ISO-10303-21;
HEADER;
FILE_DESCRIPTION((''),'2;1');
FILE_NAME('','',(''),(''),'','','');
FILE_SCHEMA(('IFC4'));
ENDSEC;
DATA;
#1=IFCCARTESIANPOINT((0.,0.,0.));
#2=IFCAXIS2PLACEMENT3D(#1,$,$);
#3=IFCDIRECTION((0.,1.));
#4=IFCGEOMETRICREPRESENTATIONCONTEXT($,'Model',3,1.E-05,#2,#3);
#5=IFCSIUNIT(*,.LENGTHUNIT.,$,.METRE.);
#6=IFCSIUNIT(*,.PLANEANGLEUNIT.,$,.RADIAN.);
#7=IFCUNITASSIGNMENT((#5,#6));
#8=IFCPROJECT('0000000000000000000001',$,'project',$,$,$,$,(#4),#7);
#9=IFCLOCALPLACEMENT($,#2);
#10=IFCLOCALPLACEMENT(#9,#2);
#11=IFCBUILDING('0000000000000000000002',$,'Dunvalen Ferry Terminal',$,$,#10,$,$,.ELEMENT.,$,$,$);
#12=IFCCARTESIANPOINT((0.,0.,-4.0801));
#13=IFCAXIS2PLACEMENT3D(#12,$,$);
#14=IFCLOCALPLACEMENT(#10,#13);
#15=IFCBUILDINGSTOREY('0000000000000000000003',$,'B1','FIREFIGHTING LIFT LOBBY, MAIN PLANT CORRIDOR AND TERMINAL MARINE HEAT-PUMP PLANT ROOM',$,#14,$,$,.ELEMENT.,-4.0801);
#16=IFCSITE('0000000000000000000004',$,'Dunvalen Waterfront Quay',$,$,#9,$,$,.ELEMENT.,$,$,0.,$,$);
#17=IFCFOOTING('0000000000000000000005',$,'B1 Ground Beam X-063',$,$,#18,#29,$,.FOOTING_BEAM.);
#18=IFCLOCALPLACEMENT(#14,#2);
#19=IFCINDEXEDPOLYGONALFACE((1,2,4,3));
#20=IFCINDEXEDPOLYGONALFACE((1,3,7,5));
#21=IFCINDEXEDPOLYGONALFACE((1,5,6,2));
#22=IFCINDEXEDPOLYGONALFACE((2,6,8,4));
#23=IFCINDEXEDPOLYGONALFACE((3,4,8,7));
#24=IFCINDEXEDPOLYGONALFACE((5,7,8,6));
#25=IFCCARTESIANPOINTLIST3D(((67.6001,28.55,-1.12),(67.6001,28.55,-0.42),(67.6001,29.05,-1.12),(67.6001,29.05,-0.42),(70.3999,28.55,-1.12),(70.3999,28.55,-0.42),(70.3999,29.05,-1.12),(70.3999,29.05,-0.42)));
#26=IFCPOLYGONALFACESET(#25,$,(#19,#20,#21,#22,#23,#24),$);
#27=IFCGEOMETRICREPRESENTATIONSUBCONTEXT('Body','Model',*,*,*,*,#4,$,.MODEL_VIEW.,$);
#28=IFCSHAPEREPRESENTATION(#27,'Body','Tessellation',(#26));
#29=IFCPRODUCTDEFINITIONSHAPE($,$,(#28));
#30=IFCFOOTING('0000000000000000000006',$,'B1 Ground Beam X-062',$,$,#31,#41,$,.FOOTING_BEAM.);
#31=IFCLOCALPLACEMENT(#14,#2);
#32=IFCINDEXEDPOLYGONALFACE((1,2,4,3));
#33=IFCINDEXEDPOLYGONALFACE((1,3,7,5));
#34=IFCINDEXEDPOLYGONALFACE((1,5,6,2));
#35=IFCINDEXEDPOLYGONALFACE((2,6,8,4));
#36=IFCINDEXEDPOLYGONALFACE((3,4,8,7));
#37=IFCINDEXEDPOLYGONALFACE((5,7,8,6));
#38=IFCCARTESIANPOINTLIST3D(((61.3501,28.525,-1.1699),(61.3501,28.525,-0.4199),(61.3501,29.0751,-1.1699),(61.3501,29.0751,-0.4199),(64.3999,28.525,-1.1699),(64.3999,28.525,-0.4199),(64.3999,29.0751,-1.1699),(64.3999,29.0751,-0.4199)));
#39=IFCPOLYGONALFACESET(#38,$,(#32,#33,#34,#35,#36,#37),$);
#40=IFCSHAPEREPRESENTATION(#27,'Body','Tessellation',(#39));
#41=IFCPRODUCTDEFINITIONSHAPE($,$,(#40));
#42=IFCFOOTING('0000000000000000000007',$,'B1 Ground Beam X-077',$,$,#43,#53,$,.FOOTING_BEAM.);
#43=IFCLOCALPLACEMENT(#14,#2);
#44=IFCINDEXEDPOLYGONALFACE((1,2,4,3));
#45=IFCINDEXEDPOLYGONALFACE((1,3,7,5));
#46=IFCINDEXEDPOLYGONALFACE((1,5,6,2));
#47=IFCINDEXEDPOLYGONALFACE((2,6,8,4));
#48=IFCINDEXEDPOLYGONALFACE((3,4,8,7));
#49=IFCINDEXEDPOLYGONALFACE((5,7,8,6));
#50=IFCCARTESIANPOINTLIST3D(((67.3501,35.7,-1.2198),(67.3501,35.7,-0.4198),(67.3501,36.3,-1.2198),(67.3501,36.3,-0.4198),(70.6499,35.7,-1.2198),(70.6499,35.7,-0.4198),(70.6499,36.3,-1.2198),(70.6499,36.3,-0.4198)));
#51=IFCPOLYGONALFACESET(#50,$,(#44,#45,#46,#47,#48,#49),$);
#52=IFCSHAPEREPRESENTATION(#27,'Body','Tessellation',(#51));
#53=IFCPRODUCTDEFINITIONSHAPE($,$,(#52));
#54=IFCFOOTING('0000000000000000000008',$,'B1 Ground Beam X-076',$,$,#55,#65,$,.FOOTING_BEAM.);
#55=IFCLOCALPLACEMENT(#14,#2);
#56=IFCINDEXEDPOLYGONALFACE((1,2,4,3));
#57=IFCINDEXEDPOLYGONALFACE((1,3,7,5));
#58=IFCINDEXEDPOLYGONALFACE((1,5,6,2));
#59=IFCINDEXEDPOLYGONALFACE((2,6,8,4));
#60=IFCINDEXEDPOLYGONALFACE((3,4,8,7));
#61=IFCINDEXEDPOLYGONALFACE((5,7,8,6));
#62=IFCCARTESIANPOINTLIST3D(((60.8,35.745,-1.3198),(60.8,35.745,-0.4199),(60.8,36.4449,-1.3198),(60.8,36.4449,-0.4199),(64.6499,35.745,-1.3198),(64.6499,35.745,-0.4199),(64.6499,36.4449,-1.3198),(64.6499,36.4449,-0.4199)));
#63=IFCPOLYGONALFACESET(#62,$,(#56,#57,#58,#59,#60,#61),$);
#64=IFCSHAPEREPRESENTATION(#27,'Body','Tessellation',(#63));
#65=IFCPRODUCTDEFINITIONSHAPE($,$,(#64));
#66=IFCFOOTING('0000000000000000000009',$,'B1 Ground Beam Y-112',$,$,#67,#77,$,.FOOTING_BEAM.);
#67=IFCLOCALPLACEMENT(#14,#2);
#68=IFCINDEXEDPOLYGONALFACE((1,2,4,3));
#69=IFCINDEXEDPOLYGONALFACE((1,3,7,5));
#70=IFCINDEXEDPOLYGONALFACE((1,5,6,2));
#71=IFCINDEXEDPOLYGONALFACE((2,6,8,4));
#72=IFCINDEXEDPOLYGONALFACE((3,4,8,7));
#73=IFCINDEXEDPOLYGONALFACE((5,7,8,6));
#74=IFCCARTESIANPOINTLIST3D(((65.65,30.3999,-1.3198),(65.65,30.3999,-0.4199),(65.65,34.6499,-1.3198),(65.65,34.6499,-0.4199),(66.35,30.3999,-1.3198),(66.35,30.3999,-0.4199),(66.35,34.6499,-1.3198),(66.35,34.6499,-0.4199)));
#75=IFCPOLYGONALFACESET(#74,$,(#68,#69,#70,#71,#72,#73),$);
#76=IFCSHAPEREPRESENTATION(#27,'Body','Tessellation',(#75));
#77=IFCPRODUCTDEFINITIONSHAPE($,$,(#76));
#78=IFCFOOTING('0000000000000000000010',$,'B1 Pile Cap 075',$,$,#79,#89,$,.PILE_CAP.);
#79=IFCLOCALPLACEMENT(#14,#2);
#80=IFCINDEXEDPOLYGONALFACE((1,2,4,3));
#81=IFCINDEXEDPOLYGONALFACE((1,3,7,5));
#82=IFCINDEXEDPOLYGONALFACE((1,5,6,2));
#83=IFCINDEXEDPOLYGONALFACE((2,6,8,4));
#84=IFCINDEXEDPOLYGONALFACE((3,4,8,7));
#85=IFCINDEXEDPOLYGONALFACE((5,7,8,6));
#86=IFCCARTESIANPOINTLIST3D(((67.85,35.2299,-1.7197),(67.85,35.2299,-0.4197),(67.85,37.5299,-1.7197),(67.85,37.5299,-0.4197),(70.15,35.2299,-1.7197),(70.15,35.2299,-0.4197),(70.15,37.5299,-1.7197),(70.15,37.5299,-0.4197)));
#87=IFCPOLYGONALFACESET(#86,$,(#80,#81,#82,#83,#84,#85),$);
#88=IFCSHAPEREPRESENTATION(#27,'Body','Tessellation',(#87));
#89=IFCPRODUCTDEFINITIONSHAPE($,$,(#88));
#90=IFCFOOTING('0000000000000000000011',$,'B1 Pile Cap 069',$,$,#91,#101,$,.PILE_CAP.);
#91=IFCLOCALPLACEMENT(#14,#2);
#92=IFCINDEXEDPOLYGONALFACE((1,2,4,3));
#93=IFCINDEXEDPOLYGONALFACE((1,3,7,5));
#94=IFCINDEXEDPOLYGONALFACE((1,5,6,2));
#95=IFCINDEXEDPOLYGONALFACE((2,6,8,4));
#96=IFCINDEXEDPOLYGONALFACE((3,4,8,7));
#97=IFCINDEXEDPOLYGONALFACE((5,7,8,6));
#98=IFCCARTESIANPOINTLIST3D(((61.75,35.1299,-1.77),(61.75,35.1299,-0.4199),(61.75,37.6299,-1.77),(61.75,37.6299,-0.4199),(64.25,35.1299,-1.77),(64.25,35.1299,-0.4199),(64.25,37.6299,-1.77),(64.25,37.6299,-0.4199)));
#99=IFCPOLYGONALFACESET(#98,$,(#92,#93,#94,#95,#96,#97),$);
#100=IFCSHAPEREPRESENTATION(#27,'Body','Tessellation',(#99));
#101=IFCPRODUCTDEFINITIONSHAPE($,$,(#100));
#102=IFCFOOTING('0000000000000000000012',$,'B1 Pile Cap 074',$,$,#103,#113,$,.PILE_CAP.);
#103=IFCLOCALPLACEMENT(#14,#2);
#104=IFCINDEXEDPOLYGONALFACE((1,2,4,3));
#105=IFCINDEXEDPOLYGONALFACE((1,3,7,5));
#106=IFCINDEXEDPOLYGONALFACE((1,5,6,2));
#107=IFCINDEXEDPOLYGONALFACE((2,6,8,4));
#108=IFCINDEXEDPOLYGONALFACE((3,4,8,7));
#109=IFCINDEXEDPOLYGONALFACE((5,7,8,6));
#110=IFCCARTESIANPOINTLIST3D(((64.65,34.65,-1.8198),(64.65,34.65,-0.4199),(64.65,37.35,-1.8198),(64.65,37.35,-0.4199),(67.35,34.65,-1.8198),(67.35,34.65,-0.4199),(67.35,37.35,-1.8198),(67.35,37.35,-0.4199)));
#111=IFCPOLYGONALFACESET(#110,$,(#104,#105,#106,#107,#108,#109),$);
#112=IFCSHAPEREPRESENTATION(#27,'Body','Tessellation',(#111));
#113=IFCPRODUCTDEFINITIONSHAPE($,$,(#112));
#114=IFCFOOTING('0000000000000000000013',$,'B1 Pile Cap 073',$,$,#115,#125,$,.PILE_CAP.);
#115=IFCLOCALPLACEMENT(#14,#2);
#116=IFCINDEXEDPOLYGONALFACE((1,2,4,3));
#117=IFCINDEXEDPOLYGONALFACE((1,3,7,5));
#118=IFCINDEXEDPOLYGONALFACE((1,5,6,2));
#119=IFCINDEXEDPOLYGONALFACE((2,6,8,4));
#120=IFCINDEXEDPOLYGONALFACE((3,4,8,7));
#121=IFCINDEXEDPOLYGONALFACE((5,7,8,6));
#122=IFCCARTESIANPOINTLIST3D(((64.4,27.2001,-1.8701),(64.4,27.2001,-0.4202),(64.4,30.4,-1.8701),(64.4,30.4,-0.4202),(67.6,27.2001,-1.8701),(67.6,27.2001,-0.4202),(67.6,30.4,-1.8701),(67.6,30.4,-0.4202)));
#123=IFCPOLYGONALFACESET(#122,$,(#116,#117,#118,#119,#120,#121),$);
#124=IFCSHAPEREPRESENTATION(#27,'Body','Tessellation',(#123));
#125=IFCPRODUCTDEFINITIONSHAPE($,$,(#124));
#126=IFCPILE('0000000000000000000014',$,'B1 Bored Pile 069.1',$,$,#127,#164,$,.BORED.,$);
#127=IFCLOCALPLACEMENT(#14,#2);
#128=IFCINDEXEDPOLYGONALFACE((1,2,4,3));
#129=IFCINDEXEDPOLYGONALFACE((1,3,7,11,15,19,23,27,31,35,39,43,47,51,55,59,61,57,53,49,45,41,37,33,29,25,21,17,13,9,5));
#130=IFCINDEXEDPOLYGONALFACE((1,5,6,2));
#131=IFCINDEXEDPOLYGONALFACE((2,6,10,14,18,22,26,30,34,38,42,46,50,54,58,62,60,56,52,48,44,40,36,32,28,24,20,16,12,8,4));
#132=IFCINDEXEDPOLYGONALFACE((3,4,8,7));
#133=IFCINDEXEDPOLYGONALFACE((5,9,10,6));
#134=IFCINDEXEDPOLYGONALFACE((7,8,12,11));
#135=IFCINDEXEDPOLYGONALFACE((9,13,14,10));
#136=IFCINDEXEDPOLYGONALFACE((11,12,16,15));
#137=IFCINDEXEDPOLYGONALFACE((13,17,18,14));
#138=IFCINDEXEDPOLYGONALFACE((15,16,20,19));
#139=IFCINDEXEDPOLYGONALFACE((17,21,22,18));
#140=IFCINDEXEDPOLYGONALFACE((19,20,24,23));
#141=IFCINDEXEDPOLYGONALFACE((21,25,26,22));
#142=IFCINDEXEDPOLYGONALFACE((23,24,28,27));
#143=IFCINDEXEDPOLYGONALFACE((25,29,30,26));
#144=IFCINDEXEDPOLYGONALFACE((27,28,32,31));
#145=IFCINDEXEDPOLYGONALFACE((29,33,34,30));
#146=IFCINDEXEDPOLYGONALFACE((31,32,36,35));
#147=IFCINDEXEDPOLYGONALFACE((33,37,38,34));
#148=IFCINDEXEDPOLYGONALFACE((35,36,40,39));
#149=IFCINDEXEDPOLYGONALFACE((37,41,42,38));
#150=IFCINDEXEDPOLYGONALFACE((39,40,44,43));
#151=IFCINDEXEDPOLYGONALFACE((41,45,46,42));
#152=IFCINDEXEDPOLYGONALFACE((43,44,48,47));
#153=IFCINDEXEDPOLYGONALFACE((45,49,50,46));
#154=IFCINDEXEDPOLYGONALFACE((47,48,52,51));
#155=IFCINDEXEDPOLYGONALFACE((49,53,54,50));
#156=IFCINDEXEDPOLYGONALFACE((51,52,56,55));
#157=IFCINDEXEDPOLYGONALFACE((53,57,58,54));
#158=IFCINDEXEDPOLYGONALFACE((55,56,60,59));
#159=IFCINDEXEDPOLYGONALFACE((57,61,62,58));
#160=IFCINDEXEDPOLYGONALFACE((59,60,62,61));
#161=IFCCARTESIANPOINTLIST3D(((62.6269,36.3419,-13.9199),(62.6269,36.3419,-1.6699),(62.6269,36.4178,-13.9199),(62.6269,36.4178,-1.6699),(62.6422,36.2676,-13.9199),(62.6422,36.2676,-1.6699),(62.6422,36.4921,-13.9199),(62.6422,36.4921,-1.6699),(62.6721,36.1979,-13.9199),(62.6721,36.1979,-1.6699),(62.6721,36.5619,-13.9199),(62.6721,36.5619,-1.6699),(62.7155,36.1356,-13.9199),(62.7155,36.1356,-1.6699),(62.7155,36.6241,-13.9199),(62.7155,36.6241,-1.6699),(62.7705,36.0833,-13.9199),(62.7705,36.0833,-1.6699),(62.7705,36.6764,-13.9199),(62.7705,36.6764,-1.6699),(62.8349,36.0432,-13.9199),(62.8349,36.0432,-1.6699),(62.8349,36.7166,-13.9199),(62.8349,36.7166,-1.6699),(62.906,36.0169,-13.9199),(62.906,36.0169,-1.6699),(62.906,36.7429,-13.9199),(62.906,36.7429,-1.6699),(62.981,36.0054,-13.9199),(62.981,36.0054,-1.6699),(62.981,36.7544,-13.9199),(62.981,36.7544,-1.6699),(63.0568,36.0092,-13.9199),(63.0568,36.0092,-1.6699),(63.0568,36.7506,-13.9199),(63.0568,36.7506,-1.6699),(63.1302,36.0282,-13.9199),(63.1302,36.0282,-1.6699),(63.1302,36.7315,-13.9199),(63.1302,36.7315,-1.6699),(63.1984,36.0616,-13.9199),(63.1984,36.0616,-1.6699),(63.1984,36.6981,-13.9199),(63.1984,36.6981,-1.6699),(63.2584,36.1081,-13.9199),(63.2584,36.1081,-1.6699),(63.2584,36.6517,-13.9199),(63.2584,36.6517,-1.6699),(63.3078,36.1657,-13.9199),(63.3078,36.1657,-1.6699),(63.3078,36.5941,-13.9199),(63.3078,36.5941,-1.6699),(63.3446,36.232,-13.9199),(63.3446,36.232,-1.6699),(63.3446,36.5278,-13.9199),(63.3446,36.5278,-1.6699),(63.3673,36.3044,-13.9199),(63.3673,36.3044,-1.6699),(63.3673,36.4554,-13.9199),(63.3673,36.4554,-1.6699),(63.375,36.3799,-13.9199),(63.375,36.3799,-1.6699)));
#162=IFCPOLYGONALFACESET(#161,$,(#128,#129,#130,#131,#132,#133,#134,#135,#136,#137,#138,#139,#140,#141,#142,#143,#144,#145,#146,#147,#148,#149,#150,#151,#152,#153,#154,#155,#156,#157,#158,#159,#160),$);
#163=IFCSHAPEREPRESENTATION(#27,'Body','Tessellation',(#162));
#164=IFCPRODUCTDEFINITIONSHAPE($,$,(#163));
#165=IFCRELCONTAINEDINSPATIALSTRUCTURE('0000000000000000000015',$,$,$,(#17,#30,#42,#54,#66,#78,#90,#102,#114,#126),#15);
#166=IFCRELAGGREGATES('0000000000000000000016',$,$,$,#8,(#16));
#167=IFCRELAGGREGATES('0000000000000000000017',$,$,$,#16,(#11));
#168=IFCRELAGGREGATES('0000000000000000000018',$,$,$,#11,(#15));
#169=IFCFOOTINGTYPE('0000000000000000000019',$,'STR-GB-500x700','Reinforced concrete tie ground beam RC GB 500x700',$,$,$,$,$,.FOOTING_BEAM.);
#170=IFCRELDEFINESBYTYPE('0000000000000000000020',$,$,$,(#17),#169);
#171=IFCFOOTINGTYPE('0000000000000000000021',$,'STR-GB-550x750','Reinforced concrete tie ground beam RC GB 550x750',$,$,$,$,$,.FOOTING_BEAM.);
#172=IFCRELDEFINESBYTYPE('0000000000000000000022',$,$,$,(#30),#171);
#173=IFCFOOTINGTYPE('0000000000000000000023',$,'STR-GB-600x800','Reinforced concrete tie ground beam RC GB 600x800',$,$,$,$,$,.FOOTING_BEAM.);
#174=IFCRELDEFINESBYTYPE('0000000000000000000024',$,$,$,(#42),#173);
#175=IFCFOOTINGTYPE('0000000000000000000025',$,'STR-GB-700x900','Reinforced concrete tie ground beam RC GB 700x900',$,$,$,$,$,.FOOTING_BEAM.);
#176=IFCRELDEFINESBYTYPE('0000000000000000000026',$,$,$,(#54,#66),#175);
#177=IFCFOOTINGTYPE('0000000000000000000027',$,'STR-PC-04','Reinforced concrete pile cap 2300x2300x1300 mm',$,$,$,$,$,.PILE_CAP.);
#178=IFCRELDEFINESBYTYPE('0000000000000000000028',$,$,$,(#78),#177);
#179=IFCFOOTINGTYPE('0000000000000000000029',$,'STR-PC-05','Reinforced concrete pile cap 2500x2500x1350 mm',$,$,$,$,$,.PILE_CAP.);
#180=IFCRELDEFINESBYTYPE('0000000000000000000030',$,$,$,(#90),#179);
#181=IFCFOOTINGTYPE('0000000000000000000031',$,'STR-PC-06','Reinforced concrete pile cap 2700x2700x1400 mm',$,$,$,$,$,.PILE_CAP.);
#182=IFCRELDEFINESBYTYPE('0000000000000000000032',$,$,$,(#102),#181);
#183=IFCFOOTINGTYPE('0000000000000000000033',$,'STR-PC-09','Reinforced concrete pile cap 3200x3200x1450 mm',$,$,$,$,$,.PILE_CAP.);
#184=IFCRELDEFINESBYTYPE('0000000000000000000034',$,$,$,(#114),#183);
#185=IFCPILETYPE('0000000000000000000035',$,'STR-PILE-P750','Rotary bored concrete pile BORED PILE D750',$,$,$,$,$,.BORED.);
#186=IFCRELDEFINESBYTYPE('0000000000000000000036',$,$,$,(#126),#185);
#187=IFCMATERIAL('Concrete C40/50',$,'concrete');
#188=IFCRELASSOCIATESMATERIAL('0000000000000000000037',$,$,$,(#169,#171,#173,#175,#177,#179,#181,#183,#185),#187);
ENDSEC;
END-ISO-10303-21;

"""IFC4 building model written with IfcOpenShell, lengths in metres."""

from ifc_helpers import new_model, si_unit, direction, frame, origin, origin_2d, place, context, subcontext, project, spatial, rectangle, circle, extrude, material, material_profile, profile_set, type_object, element, save


model = new_model("IFC4")

# Units and contexts
model_context = context("Model", 3, precision=1e-05, world=origin(), true_north=direction((0.0, 1.0)))
body_context = subcontext(model_context, "Body", "Model", "MODEL_VIEW")
ifc_project = project(units=[si_unit("LENGTHUNIT", "METRE"), si_unit("PLANEANGLEUNIT", "RADIAN")], contexts=[model_context])

# Site, building, storey
site_placement = place(None, origin())
site = spatial("IfcSite", under=ifc_project, at=site_placement, Name="Dunvalen Waterfront Quay", CompositionType="ELEMENT", RefElevation=0.0)
building_placement = place(site_placement, origin())
building = spatial("IfcBuilding", under=site, at=building_placement, Name="Dunvalen Ferry Terminal", CompositionType="ELEMENT")
storey_placement = place(building_placement, frame((0.0, 0.0, -4.0801)))
storey = spatial("IfcBuildingStorey", under=building, at=storey_placement, Name="B1", Description="FIREFIGHTING LIFT LOBBY, MAIN PLANT CORRIDOR AND TERMINAL MARINE HEAT-PUMP PLANT ROOM", CompositionType="ELEMENT", Elevation=-4.0801)

# Footings
ifc_material = material(Name="Concrete C40/50", Category="concrete")
ifc_material_profile_1 = material_profile(ifc_material, rectangle(XDim=0.5, YDim=0.7, at=origin_2d()), Name="Concrete C40/50")
ifc_profile_set_1 = profile_set([ifc_material_profile_1], Name="Concrete C40/50")
footing_type_1 = type_object("IfcFootingType", Name="STR-GB-500x700", Description="Reinforced concrete tie ground beam RC GB 500x700", PredefinedType="FOOTING_BEAM", material=ifc_profile_set_1)
footing_1_placement = place(storey_placement, frame((67.6001, 28.8, -0.77), z_axis=(1.0, 0.0, 0.0), x_axis=(0.0, 1.0, 0.0)))
element("IfcFooting", 1, at=footing_1_placement, inside=storey, type_object=footing_type_1, Name="B1 Ground Beam X-063", PredefinedType="FOOTING_BEAM", context=body_context, shape_type="SweptSolid", body=[
    extrude(rectangle(XDim=0.5, YDim=0.7, at=origin_2d()), origin(), (0.0, 0.0, 1.0), 2.7998),
])
ifc_material_profile_2 = material_profile(ifc_material, rectangle(XDim=0.55, YDim=0.75, at=origin_2d()), Name="Concrete C40/50")
ifc_profile_set_2 = profile_set([ifc_material_profile_2], Name="Concrete C40/50")
footing_type_2 = type_object("IfcFootingType", Name="STR-GB-550x750", Description="Reinforced concrete tie ground beam RC GB 550x750", PredefinedType="FOOTING_BEAM", material=ifc_profile_set_2)
footing_2_placement = place(storey_placement, frame((61.3501, 28.8, -0.7949), z_axis=(1.0, 0.0, 0.0), x_axis=(0.0, 1.0, 0.0)))
element("IfcFooting", 2, at=footing_2_placement, inside=storey, type_object=footing_type_2, Name="B1 Ground Beam X-062", PredefinedType="FOOTING_BEAM", context=body_context, shape_type="SweptSolid", body=[
    extrude(rectangle(XDim=0.55, YDim=0.75, at=origin_2d()), origin(), (0.0, 0.0, 1.0), 3.0498),
])
ifc_material_profile_3 = material_profile(ifc_material, rectangle(XDim=0.6001, YDim=0.8, at=origin_2d()), Name="Concrete C40/50")
ifc_profile_set_3 = profile_set([ifc_material_profile_3], Name="Concrete C40/50")
footing_type_3 = type_object("IfcFootingType", Name="STR-GB-600x800", Description="Reinforced concrete tie ground beam RC GB 600x800", PredefinedType="FOOTING_BEAM", material=ifc_profile_set_3)
footing_3_placement = place(storey_placement, frame((67.3501, 36.0, -0.8198), z_axis=(1.0, 0.0, 0.0), x_axis=(0.0, 1.0, 0.0)))
element("IfcFooting", 3, at=footing_3_placement, inside=storey, type_object=footing_type_3, Name="B1 Ground Beam X-077", PredefinedType="FOOTING_BEAM", context=body_context, shape_type="SweptSolid", body=[
    extrude(rectangle(XDim=0.6001, YDim=0.8, at=origin_2d()), origin(), (0.0, 0.0, 1.0), 3.2998),
])
ifc_material_profile_4 = material_profile(ifc_material, rectangle(XDim=0.7, YDim=0.8999, at=origin_2d()), Name="Concrete C40/50")
ifc_profile_set_4 = profile_set([ifc_material_profile_4], Name="Concrete C40/50")
footing_type_4 = type_object("IfcFootingType", Name="STR-GB-700x900", Description="Reinforced concrete tie ground beam RC GB 700x900", PredefinedType="FOOTING_BEAM", material=ifc_profile_set_4)
footing_4_placement = place(storey_placement, frame((60.8, 36.095, -0.8699), z_axis=(1.0, 0.0, 0.0), x_axis=(0.0, 1.0, 0.0)))
element("IfcFooting", 4, at=footing_4_placement, inside=storey, type_object=footing_type_4, Name="B1 Ground Beam X-076", PredefinedType="FOOTING_BEAM", context=body_context, shape_type="SweptSolid", body=[
    extrude(rectangle(XDim=0.7, YDim=0.8999, at=origin_2d()), origin(), (0.0, 0.0, 1.0), 3.8499),
])
footing_5_placement = place(storey_placement, frame((66.0, 30.3999, -0.8699), z_axis=(0.0, 1.0, 0.0), x_axis=(-1.0, 0.0, 0.0)))
element("IfcFooting", 5, at=footing_5_placement, inside=storey, type_object=footing_type_4, Name="B1 Ground Beam Y-112", PredefinedType="FOOTING_BEAM", context=body_context, shape_type="SweptSolid", body=[
    extrude(rectangle(XDim=0.7, YDim=0.8999, at=origin_2d()), origin(), (0.0, 0.0, 1.0), 4.25),
])
footing_type_5 = type_object("IfcFootingType", Name="STR-PC-04", Description="Reinforced concrete pile cap 2300x2300x1300 mm", PredefinedType="PILE_CAP", material=ifc_material)
footing_6_placement = place(storey_placement, frame((69.0, 36.3799, -1.7197), z_axis=(0.0, 0.0, 1.0), x_axis=(1.0, 0.0, 0.0)))
element("IfcFooting", 6, at=footing_6_placement, inside=storey, type_object=footing_type_5, Name="B1 Pile Cap 075", PredefinedType="PILE_CAP", context=body_context, shape_type="SweptSolid", body=[
    extrude(rectangle(XDim=2.3, YDim=2.3, at=origin_2d()), origin(), (0.0, 0.0, 1.0), 1.3),
])
footing_type_6 = type_object("IfcFootingType", Name="STR-PC-05", Description="Reinforced concrete pile cap 2500x2500x1350 mm", PredefinedType="PILE_CAP", material=ifc_material)
footing_7_placement = place(storey_placement, frame((63.0, 36.3799, -1.77), z_axis=(0.0, 0.0, 1.0), x_axis=(1.0, 0.0, 0.0)))
element("IfcFooting", 7, at=footing_7_placement, inside=storey, type_object=footing_type_6, Name="B1 Pile Cap 069", PredefinedType="PILE_CAP", context=body_context, shape_type="SweptSolid", body=[
    extrude(rectangle(XDim=2.5, YDim=2.5, at=origin_2d()), origin(), (0.0, 0.0, 1.0), 1.3501),
])
footing_type_7 = type_object("IfcFootingType", Name="STR-PC-06", Description="Reinforced concrete pile cap 2700x2700x1400 mm", PredefinedType="PILE_CAP", material=ifc_material)
footing_8_placement = place(storey_placement, frame((66.0, 36.0, -1.8198), z_axis=(0.0, 0.0, 1.0), x_axis=(1.0, 0.0, 0.0)))
element("IfcFooting", 8, at=footing_8_placement, inside=storey, type_object=footing_type_7, Name="B1 Pile Cap 074", PredefinedType="PILE_CAP", context=body_context, shape_type="SweptSolid", body=[
    extrude(rectangle(XDim=2.7, YDim=2.7, at=origin_2d()), origin(), (0.0, 0.0, 1.0), 1.3999),
])
footing_type_8 = type_object("IfcFootingType", Name="STR-PC-09", Description="Reinforced concrete pile cap 3200x3200x1450 mm", PredefinedType="PILE_CAP", material=ifc_material)
footing_9_placement = place(storey_placement, frame((66.0, 28.8, -1.8701), z_axis=(0.0, 0.0, 1.0), x_axis=(1.0, 0.0, 0.0)))
element("IfcFooting", 9, at=footing_9_placement, inside=storey, type_object=footing_type_8, Name="B1 Pile Cap 073", PredefinedType="PILE_CAP", context=body_context, shape_type="SweptSolid", body=[
    extrude(rectangle(XDim=3.2, YDim=3.2, at=origin_2d()), origin(), (0.0, 0.0, 1.0), 1.45),
])

# Pile
ifc_material_profile_5 = material_profile(ifc_material, circle(Radius=0.375, at=origin_2d()), Name="Concrete C40/50")
ifc_profile_set_5 = profile_set([ifc_material_profile_5], Name="Concrete C40/50")
pile_type_1 = type_object("IfcPileType", Name="STR-PILE-P750", Description="Rotary bored concrete pile BORED PILE D750", PredefinedType="BORED", material=ifc_profile_set_5)
pile_1_placement = place(storey_placement, frame((63.0, 36.3799, -1.6699), z_axis=(0.0, 0.0, -1.0), x_axis=(1.0, 0.0, 0.0)))
element("IfcPile", 10, at=pile_1_placement, inside=storey, type_object=pile_type_1, Name="B1 Bored Pile 069.1", PredefinedType="BORED", context=body_context, shape_type="SweptSolid", body=[
    extrude(circle(Radius=0.375, at=origin_2d()), origin(), (0.0, 0.0, 1.0), 12.25),
])

save(model, "model.ifc")
